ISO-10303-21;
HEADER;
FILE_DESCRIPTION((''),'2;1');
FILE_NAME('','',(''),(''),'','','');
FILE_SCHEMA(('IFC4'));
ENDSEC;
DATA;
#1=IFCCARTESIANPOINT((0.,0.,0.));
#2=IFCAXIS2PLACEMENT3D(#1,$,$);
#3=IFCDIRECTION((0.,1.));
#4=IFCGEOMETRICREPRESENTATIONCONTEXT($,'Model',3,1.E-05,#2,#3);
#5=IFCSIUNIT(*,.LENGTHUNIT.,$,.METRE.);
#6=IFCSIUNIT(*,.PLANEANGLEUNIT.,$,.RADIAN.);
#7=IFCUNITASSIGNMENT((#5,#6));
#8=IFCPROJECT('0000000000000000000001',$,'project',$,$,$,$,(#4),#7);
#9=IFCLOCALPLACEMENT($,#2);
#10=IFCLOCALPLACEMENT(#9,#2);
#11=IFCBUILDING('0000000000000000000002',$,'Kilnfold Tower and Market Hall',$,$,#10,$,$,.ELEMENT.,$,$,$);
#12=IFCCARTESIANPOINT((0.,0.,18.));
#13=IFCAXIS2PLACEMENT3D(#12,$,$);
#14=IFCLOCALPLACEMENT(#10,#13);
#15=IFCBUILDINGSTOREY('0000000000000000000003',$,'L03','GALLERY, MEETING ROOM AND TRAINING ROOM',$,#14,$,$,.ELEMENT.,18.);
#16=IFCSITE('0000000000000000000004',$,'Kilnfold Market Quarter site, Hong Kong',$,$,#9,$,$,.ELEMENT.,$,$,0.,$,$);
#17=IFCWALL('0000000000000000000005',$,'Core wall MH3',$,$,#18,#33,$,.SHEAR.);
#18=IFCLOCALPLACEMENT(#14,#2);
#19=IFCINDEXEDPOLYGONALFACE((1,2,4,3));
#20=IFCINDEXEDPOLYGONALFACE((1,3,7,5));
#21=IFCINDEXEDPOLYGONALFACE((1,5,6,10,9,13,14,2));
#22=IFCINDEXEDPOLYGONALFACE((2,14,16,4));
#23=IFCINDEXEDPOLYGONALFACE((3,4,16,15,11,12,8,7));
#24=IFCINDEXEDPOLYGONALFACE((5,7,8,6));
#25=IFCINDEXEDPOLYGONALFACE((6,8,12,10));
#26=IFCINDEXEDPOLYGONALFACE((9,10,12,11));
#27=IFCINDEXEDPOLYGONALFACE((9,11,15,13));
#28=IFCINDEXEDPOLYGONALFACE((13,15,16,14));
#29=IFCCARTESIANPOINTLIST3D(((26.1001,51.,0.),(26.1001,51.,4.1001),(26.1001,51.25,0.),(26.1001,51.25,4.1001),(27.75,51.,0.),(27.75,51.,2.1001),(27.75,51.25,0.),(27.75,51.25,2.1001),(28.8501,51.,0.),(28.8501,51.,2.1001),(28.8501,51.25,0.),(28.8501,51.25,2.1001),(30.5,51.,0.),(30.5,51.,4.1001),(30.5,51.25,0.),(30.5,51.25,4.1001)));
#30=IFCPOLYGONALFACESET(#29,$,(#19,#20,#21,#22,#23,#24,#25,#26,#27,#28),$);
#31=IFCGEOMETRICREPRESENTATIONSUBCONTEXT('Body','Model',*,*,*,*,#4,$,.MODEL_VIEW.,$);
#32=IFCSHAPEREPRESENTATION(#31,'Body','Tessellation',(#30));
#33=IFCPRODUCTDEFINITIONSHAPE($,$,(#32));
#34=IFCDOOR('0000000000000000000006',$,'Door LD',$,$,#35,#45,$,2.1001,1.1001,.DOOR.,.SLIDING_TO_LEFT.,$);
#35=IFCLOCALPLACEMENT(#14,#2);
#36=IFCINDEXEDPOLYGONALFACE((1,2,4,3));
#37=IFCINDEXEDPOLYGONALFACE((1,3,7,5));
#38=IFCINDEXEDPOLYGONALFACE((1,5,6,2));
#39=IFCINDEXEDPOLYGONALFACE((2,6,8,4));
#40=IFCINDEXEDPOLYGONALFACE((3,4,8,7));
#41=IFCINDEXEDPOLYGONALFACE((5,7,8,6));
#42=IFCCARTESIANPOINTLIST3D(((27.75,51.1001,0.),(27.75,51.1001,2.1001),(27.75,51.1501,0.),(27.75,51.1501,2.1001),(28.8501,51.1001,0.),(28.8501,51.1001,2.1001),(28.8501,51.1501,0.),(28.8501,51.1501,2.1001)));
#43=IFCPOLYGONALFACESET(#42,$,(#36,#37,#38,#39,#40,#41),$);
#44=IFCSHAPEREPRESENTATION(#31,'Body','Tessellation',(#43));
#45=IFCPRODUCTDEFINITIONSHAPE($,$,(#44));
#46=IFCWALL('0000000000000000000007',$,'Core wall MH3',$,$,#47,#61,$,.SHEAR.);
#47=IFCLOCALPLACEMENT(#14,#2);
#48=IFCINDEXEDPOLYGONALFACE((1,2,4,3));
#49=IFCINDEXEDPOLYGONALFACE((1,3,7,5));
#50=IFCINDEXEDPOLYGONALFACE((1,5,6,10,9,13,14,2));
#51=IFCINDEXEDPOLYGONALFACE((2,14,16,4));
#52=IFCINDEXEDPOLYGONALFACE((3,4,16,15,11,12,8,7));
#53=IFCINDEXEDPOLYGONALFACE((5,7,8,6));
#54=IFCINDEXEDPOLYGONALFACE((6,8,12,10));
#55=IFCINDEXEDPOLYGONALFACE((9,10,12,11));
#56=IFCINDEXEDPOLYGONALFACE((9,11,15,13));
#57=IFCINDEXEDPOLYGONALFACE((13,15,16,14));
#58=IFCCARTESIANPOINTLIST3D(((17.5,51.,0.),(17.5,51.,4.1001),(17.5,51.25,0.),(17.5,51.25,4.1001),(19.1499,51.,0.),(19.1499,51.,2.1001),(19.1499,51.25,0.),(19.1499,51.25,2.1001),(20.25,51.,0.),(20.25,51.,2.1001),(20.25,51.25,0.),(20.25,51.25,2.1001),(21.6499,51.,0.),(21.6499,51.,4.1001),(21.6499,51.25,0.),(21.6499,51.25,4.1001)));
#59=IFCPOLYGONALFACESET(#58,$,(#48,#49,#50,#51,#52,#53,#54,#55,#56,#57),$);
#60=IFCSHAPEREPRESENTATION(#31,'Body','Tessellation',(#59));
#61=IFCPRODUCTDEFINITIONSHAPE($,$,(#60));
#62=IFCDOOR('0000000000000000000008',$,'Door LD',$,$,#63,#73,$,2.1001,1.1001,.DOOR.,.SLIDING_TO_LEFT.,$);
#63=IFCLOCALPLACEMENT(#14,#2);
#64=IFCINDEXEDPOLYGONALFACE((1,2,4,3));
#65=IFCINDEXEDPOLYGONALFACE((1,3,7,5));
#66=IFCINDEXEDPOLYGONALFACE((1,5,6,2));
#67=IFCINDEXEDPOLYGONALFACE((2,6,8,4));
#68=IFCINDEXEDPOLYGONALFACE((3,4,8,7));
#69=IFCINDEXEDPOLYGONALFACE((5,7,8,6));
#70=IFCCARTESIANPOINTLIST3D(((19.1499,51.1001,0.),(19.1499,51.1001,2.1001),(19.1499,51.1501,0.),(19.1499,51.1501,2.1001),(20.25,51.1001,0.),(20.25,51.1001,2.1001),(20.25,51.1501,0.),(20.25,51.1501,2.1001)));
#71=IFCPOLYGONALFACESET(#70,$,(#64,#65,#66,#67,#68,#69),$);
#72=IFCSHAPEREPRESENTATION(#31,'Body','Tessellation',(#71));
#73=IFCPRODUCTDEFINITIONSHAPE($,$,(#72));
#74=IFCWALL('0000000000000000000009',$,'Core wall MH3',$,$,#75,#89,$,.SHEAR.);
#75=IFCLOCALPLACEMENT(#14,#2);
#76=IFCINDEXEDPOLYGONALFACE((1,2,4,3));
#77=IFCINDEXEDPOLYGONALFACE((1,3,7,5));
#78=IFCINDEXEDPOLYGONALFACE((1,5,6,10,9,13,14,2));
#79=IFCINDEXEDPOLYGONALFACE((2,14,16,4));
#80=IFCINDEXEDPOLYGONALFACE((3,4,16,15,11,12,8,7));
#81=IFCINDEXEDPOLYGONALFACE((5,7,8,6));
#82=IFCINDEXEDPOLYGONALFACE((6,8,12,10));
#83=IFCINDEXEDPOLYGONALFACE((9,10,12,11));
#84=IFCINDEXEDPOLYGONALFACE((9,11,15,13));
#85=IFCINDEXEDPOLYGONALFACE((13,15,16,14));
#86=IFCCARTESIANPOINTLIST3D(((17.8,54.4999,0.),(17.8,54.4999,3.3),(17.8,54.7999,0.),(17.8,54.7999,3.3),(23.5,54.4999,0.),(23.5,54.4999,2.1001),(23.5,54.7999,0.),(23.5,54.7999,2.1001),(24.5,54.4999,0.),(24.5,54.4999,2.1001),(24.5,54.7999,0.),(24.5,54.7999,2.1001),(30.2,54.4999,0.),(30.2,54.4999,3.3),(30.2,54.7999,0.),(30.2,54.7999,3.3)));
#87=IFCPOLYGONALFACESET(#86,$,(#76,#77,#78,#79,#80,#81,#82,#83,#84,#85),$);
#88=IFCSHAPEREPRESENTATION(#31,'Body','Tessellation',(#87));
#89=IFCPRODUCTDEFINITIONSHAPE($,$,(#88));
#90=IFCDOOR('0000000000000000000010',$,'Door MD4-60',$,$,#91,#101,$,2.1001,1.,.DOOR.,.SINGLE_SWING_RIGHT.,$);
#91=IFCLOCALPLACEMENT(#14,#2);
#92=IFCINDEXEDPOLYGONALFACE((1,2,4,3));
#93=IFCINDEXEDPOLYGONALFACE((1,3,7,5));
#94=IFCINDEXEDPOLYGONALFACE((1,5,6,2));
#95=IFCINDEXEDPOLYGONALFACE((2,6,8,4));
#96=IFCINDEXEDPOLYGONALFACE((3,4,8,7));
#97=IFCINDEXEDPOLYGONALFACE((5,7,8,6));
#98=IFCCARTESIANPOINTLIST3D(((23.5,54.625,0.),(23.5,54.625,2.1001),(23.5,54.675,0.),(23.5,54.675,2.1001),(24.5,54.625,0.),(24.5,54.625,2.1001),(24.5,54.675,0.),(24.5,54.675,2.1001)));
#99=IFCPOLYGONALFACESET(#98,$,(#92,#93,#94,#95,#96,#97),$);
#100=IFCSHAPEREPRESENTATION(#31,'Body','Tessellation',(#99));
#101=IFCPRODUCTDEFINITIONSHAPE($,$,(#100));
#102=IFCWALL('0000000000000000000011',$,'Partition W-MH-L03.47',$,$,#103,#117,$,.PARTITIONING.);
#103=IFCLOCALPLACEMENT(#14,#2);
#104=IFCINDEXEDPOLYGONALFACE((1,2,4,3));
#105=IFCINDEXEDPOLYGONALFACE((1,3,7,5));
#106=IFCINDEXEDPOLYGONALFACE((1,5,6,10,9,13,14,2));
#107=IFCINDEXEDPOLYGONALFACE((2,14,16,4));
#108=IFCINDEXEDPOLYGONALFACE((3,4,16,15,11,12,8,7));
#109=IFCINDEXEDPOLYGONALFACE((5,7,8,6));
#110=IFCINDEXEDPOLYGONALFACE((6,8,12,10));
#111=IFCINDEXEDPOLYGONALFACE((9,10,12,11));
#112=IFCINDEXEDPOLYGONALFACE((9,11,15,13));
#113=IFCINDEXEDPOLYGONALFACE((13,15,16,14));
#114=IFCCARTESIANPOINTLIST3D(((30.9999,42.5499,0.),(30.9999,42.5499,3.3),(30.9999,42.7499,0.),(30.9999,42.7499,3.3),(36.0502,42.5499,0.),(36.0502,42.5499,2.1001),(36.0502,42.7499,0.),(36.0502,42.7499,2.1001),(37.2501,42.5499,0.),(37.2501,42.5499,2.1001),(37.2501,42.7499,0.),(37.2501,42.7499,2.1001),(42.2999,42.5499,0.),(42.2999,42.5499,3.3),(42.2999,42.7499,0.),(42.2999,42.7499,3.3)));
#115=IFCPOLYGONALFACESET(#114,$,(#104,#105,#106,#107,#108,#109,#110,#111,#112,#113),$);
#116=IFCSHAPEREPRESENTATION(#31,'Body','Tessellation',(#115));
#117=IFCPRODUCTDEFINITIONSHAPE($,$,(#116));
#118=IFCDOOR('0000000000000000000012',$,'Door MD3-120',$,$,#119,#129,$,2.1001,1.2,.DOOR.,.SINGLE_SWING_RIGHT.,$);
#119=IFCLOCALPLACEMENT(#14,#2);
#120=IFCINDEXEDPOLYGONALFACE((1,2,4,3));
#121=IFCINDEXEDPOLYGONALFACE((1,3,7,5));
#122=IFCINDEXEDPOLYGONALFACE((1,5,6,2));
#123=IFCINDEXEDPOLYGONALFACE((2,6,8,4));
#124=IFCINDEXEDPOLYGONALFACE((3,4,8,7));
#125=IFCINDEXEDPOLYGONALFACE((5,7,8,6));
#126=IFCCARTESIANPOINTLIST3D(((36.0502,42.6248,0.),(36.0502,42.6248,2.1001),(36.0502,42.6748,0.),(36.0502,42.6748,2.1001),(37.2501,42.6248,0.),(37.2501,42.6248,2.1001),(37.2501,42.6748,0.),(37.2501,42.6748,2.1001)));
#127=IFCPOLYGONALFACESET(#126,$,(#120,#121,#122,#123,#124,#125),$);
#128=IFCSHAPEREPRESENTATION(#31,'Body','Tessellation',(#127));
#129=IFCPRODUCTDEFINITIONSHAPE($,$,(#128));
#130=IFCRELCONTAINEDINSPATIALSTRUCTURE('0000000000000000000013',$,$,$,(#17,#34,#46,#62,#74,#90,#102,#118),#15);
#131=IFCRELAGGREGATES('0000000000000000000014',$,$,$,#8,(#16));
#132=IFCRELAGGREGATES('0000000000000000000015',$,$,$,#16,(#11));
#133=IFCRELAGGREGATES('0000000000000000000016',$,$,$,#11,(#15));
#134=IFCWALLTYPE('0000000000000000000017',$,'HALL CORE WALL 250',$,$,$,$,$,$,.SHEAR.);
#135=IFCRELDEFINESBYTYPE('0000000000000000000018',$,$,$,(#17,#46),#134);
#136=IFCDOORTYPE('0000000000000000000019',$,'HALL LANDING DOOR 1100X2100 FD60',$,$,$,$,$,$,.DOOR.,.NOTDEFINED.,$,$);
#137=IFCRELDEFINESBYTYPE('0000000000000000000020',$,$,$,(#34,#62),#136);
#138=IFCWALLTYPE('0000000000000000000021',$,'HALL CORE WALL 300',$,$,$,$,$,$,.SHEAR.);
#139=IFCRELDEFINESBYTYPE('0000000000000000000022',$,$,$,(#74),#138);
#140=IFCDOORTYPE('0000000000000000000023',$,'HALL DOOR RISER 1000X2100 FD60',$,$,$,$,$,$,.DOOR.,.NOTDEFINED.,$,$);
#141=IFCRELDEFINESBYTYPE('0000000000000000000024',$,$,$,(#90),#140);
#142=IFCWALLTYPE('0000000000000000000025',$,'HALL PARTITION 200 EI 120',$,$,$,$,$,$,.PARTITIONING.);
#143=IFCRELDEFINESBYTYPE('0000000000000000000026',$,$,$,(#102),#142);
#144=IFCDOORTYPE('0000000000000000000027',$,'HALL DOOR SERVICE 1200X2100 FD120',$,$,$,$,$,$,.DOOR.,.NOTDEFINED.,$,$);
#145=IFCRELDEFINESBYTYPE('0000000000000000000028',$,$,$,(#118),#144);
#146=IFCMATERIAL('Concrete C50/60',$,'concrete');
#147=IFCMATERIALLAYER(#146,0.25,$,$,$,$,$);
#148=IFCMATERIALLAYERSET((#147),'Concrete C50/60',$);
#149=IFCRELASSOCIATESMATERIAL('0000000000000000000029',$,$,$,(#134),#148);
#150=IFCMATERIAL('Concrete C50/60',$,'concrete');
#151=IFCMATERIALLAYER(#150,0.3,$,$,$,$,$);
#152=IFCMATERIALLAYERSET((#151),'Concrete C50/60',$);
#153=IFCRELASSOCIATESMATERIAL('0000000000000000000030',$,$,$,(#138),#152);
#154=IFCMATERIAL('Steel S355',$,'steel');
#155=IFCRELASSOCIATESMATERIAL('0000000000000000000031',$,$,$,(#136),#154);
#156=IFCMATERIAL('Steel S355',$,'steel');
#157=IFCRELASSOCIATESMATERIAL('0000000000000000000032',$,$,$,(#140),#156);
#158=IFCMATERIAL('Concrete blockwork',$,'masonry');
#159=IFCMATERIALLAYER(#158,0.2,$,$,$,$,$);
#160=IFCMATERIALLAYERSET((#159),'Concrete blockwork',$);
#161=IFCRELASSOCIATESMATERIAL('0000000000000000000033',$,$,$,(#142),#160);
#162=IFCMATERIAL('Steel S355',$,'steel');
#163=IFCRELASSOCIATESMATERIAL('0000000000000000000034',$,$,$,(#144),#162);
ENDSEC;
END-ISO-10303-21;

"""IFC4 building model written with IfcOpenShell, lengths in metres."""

from ifc_helpers import new_model, si_unit, direction, frame, frame_2d, origin, place, context, subcontext, project, spatial, rectangle, extrude, source, transform, mapped, material, layer, layer_set, type_object, element, fill, save


model = new_model("IFC4")

# Units and contexts
model_context = context("Model", 3, precision=1e-05, world=origin(), true_north=direction((0.0, 1.0)))
body_context = subcontext(model_context, "Body", "Model", "MODEL_VIEW")
ifc_project = project(units=[si_unit("LENGTHUNIT", "METRE"), si_unit("PLANEANGLEUNIT", "RADIAN")], contexts=[model_context])

# Site, building, storey
site_placement = place(None, origin())
site = spatial("IfcSite", under=ifc_project, at=site_placement, Name="Kilnfold Market Quarter site, Hong Kong", CompositionType="ELEMENT", RefElevation=0.0)
building_placement = place(site_placement, origin())
building = spatial("IfcBuilding", under=site, at=building_placement, Name="Kilnfold Tower and Market Hall", CompositionType="ELEMENT")
storey_placement = place(building_placement, frame((0.0, 0.0, 18.0)))
storey = spatial("IfcBuildingStorey", under=building, at=storey_placement, Name="L03", Description="GALLERY, MEETING ROOM AND TRAINING ROOM", CompositionType="ELEMENT", Elevation=18.0)

# Shared definitions
ifc_material_1 = material(Name="Concrete C50/60", Category="concrete")
ifc_layer_1 = layer(ifc_material_1, 0.25)
ifc_layer_set_1 = layer_set([ifc_layer_1], Name="Concrete C50/60")
wall_type_1 = type_object("IfcWallType", Name="HALL CORE WALL 250", PredefinedType="SHEAR", material=ifc_layer_set_1)

# Shared definitions
ifc_material_2 = material(Name="Concrete C50/60", Category="concrete")
ifc_layer_2 = layer(ifc_material_2, 0.3)
ifc_layer_set_2 = layer_set([ifc_layer_2], Name="Concrete C50/60")
wall_type_2 = type_object("IfcWallType", Name="HALL CORE WALL 300", PredefinedType="SHEAR", material=ifc_layer_set_2)

# Walls, openings, doors
shared_shape_1 = source(origin(), body_context, "Body", "SweptSolid", [
    extrude(rectangle(XDim=4.3999, YDim=0.25, at=frame_2d((2.2, 0.0))), origin(), (0.0, 0.0, 1.0), 4.1001),
])
wall_1_placement = place(storey_placement, frame((30.5, 51.125, 0.0), z_axis=(0.0, 0.0, 1.0), x_axis=(-1.0, 0.0, 0.0)))
wall_1 = element("IfcWall", 1, at=wall_1_placement, inside=storey, type_object=wall_type_1, Name="Core wall MH3", PredefinedType="SHEAR", context=body_context, shape_type="MappedRepresentation", body=[
    mapped(shared_shape_1, transform((0.0, 0.0, 0.0))),
])
opening_1_placement = place(wall_1_placement, frame((1.6499, 0.0, 0.0)))
opening_1 = element("IfcOpeningElement", 2, at=opening_1_placement, cuts=wall_1, PredefinedType="OPENING", context=body_context, shape_type="SweptSolid", body=[
    extrude(rectangle(XDim=1.1001, YDim=2.1001, at=frame_2d((0.55, 1.05))), frame((0.0, 0.135, 0.0), z_axis=(0.0, -1.0, 0.0), x_axis=(1.0, 0.0, 0.0)), (0.0, 0.0, 1.0), 0.27),
])
ifc_material_3 = material(Name="Steel S355", Category="steel")
door_type_1 = type_object("IfcDoorType", Name="HALL LANDING DOOR 1100X2100 FD60", OperationType="NOTDEFINED", PredefinedType="DOOR", material=ifc_material_3)
door_1_placement = place(opening_1_placement, origin())
door_1 = element("IfcDoor", 3, at=door_1_placement, inside=storey, type_object=door_type_1, Name="Door LD", OperationType="SLIDING_TO_LEFT", OverallHeight=2.1001, OverallWidth=1.1001, PredefinedType="DOOR", context=body_context, shape_type="SweptSolid", body=[
    extrude(rectangle(XDim=1.1001, YDim=2.1001, at=frame_2d((0.55, 1.05))), frame((0.0, 0.0249, 0.0), z_axis=(0.0, -1.0, 0.0), x_axis=(1.0, 0.0, 0.0)), (0.0, 0.0, 1.0), 0.05),
])
fill(opening_1, door_1)
shared_shape_2 = source(origin(), body_context, "Body", "SweptSolid", [
    extrude(rectangle(XDim=4.1499, YDim=0.25, at=frame_2d((2.075, 0.0))), origin(), (0.0, 0.0, 1.0), 4.1001),
])
wall_2_placement = place(storey_placement, frame((21.6499, 51.125, 0.0), z_axis=(0.0, 0.0, 1.0), x_axis=(-1.0, 0.0, 0.0)))
wall_2 = element("IfcWall", 4, at=wall_2_placement, inside=storey, type_object=wall_type_1, Name="Core wall MH3", PredefinedType="SHEAR", context=body_context, shape_type="MappedRepresentation", body=[
    mapped(shared_shape_2, transform((0.0, 0.0, 0.0))),
])
opening_2_placement = place(wall_2_placement, frame((1.3999, 0.0, 0.0)))
opening_2 = element("IfcOpeningElement", 5, at=opening_2_placement, cuts=wall_2, PredefinedType="OPENING", context=body_context, shape_type="SweptSolid", body=[
    extrude(rectangle(XDim=1.1001, YDim=2.1001, at=frame_2d((0.55, 1.05))), frame((0.0, 0.135, 0.0), z_axis=(0.0, -1.0, 0.0), x_axis=(1.0, 0.0, 0.0)), (0.0, 0.0, 1.0), 0.27),
])
door_2_placement = place(opening_2_placement, origin())
door_2 = element("IfcDoor", 6, at=door_2_placement, inside=storey, type_object=door_type_1, Name="Door LD", OperationType="SLIDING_TO_LEFT", OverallHeight=2.1001, OverallWidth=1.1001, PredefinedType="DOOR", context=body_context, shape_type="SweptSolid", body=[
    extrude(rectangle(XDim=1.1001, YDim=2.1001, at=frame_2d((0.55, 1.05))), frame((0.0, 0.0249, 0.0), z_axis=(0.0, -1.0, 0.0), x_axis=(1.0, 0.0, 0.0)), (0.0, 0.0, 1.0), 0.05),
])
fill(opening_2, door_2)
shared_shape_3 = source(origin(), body_context, "Body", "SweptSolid", [
    extrude(rectangle(XDim=12.3999, YDim=0.3, at=frame_2d((6.2, 0.0))), origin(), (0.0, 0.0, 1.0), 3.3),
])
wall_3_placement = place(storey_placement, frame((30.2, 54.6499, 0.0), z_axis=(0.0, 0.0, 1.0), x_axis=(-1.0, 0.0, 0.0)))
wall_3 = element("IfcWall", 7, at=wall_3_placement, inside=storey, type_object=wall_type_2, Name="Core wall MH3", PredefinedType="SHEAR", context=body_context, shape_type="MappedRepresentation", body=[
    mapped(shared_shape_3, transform((0.0, 0.0, 0.0))),
])
opening_3_placement = place(wall_3_placement, frame((5.7, 0.0, 0.0)))
opening_3 = element("IfcOpeningElement", 8, at=opening_3_placement, cuts=wall_3, PredefinedType="OPENING", context=body_context, shape_type="SweptSolid", body=[
    extrude(rectangle(XDim=1.0, YDim=2.1001, at=frame_2d((0.5, 1.05))), frame((0.0, 0.1602, 0.0), z_axis=(0.0, -1.0, 0.0), x_axis=(1.0, 0.0, 0.0)), (0.0, 0.0, 1.0), 0.3201),
])
ifc_material_4 = material(Name="Steel S355", Category="steel")
door_type_2 = type_object("IfcDoorType", Name="HALL DOOR RISER 1000X2100 FD60", OperationType="NOTDEFINED", PredefinedType="DOOR", material=ifc_material_4)
door_3_placement = place(opening_3_placement, origin())
door_3 = element("IfcDoor", 9, at=door_3_placement, inside=storey, type_object=door_type_2, Name="Door MD4-60", OperationType="SINGLE_SWING_RIGHT", OverallHeight=2.1001, OverallWidth=1.0, PredefinedType="DOOR", context=body_context, shape_type="SweptSolid", body=[
    extrude(rectangle(XDim=1.0, YDim=2.1001, at=frame_2d((0.5, 1.05))), frame((0.0, 0.0249, 0.0), z_axis=(0.0, -1.0, 0.0), x_axis=(1.0, 0.0, 0.0)), (0.0, 0.0, 1.0), 0.05),
])
fill(opening_3, door_3)
ifc_material_5 = material(Name="Concrete blockwork", Category="masonry")
ifc_layer_3 = layer(ifc_material_5, 0.2)
ifc_layer_set_3 = layer_set([ifc_layer_3], Name="Concrete blockwork")
wall_type_3 = type_object("IfcWallType", Name="HALL PARTITION 200 EI 120", PredefinedType="PARTITIONING", material=ifc_layer_set_3)
shared_shape_4 = source(origin(), body_context, "Body", "SweptSolid", [
    extrude(rectangle(XDim=11.3, YDim=0.2, at=frame_2d((5.6499, 0.0))), origin(), (0.0, 0.0, 1.0), 3.3),
])
wall_4_placement = place(storey_placement, frame((31.0, 42.6499, 0.0), z_axis=(0.0, 0.0, 1.0), x_axis=(1.0, 0.0, 0.0)))
wall_4 = element("IfcWall", 10, at=wall_4_placement, inside=storey, type_object=wall_type_3, Name="Partition W-MH-L03.47", PredefinedType="PARTITIONING", context=body_context, shape_type="MappedRepresentation", body=[
    mapped(shared_shape_4, transform((0.0, 0.0, 0.0))),
])
opening_4_placement = place(wall_4_placement, frame((5.05, 0.0, 0.0)))
opening_4 = element("IfcOpeningElement", 11, at=opening_4_placement, cuts=wall_4, PredefinedType="OPENING", context=body_context, shape_type="SweptSolid", body=[
    extrude(rectangle(XDim=1.2, YDim=2.1001, at=frame_2d((0.6001, 1.05))), frame((0.0, 0.1099, 0.0), z_axis=(0.0, -1.0, 0.0), x_axis=(1.0, 0.0, 0.0)), (0.0, 0.0, 1.0), 0.22),
])
ifc_material_6 = material(Name="Steel S355", Category="steel")
door_type_3 = type_object("IfcDoorType", Name="HALL DOOR SERVICE 1200X2100 FD120", OperationType="NOTDEFINED", PredefinedType="DOOR", material=ifc_material_6)
door_4_placement = place(opening_4_placement, origin())
door_4 = element("IfcDoor", 12, at=door_4_placement, inside=storey, type_object=door_type_3, Name="Door MD3-120", OperationType="SINGLE_SWING_RIGHT", OverallHeight=2.1001, OverallWidth=1.2, PredefinedType="DOOR", context=body_context, shape_type="SweptSolid", body=[
    extrude(rectangle(XDim=1.2, YDim=2.1001, at=frame_2d((0.6001, 1.05))), frame((0.0, 0.0249, 0.0), z_axis=(0.0, -1.0, 0.0), x_axis=(1.0, 0.0, 0.0)), (0.0, 0.0, 1.0), 0.05),
])
fill(opening_4, door_4)

save(model, "model.ifc")
